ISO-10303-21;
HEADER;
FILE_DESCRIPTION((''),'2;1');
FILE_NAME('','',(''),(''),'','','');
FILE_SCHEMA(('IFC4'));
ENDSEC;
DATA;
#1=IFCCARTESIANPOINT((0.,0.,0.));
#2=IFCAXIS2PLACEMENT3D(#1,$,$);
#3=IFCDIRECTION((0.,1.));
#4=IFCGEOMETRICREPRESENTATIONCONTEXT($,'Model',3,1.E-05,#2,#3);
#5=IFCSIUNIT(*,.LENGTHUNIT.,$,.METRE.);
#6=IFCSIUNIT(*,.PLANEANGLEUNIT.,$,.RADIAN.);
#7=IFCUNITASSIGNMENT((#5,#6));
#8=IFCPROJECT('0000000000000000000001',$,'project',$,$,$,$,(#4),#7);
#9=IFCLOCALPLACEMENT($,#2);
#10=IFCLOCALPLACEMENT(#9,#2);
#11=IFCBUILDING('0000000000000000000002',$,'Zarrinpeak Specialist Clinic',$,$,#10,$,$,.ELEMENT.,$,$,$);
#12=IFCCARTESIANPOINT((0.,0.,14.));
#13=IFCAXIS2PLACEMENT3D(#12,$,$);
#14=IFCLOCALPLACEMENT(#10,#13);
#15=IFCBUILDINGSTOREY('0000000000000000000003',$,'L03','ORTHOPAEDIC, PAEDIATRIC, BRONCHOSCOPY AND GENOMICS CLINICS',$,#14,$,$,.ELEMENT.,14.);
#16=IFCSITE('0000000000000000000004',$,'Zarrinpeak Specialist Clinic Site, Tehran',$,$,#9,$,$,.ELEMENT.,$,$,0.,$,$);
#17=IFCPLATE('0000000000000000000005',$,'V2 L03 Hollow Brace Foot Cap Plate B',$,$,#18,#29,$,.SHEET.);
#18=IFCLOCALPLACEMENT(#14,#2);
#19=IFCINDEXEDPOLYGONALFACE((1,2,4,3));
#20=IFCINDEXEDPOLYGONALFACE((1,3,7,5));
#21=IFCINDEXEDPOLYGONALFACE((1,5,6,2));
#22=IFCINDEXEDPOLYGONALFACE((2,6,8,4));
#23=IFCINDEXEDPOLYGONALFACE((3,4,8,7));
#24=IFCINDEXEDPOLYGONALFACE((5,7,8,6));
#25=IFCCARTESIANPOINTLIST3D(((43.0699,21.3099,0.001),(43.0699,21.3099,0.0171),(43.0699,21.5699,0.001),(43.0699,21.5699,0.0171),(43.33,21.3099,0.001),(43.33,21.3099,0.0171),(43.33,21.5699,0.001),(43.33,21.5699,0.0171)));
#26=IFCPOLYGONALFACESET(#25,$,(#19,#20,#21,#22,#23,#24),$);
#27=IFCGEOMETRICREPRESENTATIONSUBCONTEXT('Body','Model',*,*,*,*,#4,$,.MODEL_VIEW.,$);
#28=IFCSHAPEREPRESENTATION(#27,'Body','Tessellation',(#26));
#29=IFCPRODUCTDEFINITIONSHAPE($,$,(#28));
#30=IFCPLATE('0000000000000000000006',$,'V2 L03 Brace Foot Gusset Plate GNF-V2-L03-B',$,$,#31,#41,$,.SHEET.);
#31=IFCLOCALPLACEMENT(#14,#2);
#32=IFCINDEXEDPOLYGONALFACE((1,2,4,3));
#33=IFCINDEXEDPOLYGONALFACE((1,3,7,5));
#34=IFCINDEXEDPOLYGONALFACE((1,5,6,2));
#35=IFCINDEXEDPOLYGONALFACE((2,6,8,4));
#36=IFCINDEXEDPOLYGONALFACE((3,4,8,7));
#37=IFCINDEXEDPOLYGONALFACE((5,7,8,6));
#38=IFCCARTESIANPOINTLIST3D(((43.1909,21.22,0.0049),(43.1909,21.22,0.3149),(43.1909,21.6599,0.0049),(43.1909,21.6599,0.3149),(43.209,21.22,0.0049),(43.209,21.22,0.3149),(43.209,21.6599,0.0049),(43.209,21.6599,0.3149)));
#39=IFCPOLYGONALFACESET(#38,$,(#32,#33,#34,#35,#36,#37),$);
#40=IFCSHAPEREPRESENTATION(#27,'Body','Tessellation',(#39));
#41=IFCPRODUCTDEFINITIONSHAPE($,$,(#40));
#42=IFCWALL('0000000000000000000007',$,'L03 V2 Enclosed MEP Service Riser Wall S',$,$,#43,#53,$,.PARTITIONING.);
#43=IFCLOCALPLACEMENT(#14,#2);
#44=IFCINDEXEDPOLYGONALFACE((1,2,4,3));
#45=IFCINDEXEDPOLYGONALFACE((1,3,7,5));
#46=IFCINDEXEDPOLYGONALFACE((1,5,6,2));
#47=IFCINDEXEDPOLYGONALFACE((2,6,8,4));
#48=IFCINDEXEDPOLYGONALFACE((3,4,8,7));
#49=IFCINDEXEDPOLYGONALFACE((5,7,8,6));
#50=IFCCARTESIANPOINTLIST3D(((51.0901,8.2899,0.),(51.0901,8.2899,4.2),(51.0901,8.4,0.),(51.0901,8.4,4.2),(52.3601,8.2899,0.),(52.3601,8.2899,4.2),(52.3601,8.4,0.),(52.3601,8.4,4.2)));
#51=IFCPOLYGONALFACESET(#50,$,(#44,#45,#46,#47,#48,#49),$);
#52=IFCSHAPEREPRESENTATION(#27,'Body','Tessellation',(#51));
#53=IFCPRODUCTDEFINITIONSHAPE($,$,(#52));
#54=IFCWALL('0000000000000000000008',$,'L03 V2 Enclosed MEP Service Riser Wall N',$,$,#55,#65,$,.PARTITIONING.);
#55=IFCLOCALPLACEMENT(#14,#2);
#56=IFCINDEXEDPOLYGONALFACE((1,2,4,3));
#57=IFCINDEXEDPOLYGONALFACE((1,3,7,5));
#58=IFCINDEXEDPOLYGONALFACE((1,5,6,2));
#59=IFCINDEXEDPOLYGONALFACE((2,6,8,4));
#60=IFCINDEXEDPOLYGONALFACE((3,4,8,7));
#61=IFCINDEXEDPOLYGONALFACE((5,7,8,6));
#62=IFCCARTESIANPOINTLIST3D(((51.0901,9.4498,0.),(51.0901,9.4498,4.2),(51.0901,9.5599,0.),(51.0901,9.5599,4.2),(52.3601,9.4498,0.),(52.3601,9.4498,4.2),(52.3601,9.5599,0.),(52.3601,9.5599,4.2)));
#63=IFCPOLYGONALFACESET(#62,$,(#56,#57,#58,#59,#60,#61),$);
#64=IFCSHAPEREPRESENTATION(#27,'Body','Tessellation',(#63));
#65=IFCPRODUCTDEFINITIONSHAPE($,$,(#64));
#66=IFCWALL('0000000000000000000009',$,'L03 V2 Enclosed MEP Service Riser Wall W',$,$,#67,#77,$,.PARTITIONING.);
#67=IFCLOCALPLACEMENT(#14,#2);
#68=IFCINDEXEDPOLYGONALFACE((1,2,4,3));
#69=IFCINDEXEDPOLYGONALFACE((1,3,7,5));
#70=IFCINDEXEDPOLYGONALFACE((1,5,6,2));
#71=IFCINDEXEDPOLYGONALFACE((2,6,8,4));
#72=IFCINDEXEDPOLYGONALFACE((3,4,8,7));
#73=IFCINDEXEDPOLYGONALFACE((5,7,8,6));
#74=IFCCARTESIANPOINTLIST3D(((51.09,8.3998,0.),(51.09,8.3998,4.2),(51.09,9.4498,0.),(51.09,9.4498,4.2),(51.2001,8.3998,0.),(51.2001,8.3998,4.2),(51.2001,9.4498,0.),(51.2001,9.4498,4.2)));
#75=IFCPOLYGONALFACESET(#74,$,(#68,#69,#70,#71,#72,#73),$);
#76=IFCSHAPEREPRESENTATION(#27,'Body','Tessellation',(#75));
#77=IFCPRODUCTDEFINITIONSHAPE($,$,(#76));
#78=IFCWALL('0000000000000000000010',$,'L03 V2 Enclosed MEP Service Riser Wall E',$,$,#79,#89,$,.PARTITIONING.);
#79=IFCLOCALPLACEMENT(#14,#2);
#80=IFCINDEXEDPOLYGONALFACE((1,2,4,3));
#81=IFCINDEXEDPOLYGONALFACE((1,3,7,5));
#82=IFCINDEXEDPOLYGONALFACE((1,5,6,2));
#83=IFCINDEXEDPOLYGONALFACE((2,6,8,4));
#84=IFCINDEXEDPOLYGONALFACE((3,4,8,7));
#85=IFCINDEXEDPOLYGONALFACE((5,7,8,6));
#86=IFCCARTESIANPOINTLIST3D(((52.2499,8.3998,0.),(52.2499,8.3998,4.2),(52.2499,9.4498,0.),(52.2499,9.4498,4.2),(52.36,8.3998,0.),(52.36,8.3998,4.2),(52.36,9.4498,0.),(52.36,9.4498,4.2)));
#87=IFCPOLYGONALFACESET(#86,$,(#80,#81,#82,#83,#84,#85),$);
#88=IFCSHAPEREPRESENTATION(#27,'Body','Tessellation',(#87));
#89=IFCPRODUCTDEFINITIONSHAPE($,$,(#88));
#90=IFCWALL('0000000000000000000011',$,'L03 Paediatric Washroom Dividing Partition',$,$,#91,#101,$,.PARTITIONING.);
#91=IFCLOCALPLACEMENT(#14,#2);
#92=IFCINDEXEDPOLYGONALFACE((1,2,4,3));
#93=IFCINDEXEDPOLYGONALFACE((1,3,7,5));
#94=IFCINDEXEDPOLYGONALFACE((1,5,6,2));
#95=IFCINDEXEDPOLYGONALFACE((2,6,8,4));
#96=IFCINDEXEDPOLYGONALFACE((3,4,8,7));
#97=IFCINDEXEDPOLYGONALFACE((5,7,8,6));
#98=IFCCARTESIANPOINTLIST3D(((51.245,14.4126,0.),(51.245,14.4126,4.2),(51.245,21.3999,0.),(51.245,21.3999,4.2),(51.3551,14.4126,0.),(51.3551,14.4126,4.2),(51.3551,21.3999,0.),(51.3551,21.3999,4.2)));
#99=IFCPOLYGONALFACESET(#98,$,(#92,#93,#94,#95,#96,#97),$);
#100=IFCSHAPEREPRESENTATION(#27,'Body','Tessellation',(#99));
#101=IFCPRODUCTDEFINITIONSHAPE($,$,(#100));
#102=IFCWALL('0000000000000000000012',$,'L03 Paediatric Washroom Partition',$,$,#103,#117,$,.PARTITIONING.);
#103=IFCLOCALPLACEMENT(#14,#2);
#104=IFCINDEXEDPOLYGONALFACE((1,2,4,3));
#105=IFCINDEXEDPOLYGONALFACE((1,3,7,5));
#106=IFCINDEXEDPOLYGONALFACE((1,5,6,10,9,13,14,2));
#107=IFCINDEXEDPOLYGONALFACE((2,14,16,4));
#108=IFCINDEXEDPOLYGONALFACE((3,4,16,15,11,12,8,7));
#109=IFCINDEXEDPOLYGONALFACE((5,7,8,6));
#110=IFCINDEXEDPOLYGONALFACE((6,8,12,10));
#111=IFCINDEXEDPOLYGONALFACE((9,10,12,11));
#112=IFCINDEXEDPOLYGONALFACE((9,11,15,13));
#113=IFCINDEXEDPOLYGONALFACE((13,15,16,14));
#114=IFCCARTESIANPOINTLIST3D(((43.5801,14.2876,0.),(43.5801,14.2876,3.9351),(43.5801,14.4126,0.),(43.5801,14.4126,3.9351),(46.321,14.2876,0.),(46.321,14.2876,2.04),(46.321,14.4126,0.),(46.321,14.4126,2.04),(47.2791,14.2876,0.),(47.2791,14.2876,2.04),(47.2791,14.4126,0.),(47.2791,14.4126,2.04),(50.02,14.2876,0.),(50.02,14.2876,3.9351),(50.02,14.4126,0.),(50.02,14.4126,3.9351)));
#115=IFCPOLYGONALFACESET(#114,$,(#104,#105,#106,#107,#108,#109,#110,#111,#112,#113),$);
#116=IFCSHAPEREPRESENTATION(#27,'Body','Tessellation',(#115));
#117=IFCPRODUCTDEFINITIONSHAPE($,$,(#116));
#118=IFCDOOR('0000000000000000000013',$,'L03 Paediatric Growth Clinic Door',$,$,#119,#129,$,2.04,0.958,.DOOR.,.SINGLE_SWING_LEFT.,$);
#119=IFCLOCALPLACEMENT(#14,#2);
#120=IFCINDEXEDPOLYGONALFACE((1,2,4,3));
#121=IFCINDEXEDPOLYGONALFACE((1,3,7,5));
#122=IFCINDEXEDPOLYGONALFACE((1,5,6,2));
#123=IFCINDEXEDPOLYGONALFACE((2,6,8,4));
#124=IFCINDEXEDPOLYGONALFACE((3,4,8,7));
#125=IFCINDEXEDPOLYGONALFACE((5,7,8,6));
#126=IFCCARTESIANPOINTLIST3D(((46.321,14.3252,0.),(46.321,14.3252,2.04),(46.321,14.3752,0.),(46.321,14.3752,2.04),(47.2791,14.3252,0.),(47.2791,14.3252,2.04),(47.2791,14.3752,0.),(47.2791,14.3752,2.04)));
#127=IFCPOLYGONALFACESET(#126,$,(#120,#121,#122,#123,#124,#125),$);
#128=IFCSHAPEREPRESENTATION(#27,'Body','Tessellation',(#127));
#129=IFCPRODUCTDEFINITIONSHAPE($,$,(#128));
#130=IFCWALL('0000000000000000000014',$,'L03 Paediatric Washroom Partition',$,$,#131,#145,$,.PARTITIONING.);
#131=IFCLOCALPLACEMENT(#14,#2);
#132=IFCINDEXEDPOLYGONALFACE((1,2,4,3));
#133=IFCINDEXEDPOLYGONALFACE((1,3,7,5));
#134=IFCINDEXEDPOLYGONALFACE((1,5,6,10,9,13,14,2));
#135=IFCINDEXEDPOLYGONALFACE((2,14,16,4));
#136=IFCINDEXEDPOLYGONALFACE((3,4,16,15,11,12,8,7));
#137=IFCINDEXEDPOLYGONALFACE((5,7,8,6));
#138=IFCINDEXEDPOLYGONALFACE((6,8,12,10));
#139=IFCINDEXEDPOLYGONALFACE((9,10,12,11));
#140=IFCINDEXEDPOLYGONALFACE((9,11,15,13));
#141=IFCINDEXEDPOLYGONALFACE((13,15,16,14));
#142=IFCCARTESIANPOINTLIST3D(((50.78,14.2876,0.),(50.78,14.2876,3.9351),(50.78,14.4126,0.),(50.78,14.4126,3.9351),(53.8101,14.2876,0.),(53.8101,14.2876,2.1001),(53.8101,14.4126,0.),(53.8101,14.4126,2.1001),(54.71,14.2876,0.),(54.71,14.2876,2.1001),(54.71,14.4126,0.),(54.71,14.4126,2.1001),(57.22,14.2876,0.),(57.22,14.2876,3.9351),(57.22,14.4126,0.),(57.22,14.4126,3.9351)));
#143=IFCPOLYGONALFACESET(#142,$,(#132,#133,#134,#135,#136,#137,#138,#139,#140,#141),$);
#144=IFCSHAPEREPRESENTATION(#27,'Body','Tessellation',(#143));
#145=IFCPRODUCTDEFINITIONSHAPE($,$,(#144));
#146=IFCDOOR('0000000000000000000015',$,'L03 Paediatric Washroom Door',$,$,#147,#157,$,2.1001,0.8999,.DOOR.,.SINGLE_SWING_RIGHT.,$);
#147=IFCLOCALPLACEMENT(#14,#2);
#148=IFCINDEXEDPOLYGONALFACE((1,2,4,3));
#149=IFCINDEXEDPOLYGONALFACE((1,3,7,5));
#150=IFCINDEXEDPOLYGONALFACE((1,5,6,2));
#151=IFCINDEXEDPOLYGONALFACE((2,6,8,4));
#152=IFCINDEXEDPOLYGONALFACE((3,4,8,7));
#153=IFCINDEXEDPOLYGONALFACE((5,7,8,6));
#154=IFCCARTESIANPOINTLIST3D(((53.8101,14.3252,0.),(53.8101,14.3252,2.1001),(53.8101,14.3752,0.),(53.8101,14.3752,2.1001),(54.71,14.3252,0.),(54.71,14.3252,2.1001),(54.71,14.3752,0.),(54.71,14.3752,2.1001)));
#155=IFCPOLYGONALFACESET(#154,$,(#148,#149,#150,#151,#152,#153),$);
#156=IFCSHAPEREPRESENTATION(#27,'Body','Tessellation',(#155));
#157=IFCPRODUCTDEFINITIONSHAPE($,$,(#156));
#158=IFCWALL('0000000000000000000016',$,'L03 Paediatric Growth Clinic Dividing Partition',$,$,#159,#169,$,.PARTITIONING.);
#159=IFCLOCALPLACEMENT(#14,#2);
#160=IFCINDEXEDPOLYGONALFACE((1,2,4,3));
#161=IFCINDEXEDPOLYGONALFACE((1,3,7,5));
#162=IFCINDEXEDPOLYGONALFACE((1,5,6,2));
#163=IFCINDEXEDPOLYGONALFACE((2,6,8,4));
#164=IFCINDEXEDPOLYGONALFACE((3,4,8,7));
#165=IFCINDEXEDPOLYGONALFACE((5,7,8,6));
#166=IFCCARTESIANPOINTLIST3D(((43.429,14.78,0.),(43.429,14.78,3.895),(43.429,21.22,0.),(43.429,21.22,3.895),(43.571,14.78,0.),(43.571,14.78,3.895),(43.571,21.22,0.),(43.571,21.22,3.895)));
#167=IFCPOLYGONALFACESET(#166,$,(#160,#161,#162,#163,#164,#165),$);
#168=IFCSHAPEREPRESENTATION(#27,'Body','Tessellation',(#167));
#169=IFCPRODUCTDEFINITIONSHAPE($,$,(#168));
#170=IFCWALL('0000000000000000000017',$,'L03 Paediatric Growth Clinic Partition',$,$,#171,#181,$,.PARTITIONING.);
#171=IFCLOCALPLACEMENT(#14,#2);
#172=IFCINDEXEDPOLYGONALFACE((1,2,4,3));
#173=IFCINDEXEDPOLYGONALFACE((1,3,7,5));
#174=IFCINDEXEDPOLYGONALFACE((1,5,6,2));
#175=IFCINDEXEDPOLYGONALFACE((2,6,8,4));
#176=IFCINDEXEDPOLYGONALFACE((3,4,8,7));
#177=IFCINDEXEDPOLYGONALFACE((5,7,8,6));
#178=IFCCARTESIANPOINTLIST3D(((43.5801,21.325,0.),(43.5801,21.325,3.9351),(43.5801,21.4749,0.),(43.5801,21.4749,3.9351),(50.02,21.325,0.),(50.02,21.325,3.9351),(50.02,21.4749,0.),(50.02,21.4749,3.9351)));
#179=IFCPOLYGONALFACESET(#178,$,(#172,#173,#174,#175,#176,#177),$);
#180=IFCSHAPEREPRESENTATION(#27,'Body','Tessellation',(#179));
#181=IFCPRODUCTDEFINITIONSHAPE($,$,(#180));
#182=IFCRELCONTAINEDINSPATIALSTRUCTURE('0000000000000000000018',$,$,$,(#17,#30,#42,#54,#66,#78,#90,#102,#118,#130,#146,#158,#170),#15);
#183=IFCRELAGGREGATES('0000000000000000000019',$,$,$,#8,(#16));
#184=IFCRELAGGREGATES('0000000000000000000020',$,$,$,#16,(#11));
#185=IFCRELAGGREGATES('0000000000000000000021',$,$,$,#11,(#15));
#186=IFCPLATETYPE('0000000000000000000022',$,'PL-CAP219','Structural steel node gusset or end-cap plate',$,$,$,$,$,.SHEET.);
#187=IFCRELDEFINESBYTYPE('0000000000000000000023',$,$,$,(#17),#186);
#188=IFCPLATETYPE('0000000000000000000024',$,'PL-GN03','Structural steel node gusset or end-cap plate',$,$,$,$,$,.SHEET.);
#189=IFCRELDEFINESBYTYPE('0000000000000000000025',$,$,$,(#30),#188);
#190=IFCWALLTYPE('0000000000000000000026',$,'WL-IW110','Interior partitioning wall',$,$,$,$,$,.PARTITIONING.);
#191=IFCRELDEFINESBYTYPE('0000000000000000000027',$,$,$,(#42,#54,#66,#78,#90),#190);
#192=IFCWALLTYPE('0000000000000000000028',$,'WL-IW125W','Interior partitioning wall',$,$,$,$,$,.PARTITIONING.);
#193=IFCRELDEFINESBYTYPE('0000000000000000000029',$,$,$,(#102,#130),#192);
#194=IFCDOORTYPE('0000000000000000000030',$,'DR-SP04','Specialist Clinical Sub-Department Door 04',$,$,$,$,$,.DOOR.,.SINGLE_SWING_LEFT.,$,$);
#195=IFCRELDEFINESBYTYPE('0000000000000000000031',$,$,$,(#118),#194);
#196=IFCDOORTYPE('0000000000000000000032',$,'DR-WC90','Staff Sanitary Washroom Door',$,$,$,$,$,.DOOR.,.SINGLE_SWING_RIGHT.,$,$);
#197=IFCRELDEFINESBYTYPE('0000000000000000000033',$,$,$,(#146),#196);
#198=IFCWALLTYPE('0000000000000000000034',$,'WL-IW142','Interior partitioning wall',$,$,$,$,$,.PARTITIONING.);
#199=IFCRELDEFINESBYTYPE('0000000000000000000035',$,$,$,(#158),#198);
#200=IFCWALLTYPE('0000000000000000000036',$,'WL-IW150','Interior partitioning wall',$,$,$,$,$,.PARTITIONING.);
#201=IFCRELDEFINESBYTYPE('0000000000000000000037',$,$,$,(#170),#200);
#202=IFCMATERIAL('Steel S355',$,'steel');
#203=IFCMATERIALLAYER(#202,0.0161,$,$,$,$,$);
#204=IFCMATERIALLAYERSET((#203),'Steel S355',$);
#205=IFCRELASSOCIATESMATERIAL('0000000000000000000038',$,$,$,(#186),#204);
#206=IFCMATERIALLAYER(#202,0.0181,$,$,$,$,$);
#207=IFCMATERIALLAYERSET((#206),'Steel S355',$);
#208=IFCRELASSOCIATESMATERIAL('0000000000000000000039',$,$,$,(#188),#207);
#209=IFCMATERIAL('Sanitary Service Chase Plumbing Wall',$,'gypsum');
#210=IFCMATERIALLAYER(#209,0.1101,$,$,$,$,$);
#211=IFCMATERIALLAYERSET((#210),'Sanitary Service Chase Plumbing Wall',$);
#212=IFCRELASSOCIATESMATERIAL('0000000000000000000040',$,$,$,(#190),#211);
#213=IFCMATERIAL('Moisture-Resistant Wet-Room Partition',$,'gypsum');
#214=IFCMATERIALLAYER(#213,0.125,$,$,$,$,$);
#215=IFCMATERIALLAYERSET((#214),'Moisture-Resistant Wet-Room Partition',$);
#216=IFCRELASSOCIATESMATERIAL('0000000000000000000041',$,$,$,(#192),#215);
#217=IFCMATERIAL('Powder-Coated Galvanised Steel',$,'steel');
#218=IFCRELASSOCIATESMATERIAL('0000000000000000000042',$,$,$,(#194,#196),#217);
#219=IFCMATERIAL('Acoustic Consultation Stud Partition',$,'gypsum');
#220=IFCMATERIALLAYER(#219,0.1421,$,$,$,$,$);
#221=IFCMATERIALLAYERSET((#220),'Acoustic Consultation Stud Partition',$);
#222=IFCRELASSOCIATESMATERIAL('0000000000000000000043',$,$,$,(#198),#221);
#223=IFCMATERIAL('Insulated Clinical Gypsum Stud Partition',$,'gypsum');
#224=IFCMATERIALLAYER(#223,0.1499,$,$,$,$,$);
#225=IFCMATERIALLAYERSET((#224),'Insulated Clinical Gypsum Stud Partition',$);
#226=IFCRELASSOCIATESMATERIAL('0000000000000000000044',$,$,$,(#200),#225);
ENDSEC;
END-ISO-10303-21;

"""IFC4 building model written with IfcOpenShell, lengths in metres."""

from ifc_helpers import new_model, si_unit, direction, frame, frame_2d, origin, origin_2d, place, context, subcontext, project, spatial, rectangle, extrude, material, layer, layer_set, type_object, element, fill, save


model = new_model("IFC4")

# Units and contexts
model_context = context("Model", 3, precision=1e-05, world=origin(), true_north=direction((0.0, 1.0)))
body_context = subcontext(model_context, "Body", "Model", "MODEL_VIEW")
ifc_project = project(units=[si_unit("LENGTHUNIT", "METRE"), si_unit("PLANEANGLEUNIT", "RADIAN")], contexts=[model_context])

# Site, building, storey
site_placement = place(None, origin())
site = spatial("IfcSite", under=ifc_project, at=site_placement, Name="Zarrinpeak Specialist Clinic Site, Tehran", CompositionType="ELEMENT", RefElevation=0.0)
building_placement = place(site_placement, origin())
building = spatial("IfcBuilding", under=site, at=building_placement, Name="Zarrinpeak Specialist Clinic", CompositionType="ELEMENT")
storey_placement = place(building_placement, frame((0.0, 0.0, 14.0)))
storey = spatial("IfcBuildingStorey", under=building, at=storey_placement, Name="L03", Description="ORTHOPAEDIC, PAEDIATRIC, BRONCHOSCOPY AND GENOMICS CLINICS", CompositionType="ELEMENT", Elevation=14.0)

# Shared definitions
ifc_material_1 = material(Name="Steel S355", Category="steel")

# Plates
ifc_layer_1 = layer(ifc_material_1, 0.0161)
ifc_layer_set_1 = layer_set([ifc_layer_1], Name="Steel S355")
plate_type_1 = type_object("IfcPlateType", Name="PL-CAP219", Description="Structural steel node gusset or end-cap plate", PredefinedType="SHEET", material=ifc_layer_set_1)
plate_1_placement = place(storey_placement, frame((43.2, 21.4399, 0.001), z_axis=(0.0, 0.0, 1.0), x_axis=(1.0, 0.0, 0.0)))
element("IfcPlate", 1, at=plate_1_placement, inside=storey, type_object=plate_type_1, Name="V2 L03 Hollow Brace Foot Cap Plate B", PredefinedType="SHEET", context=body_context, shape_type="SweptSolid", body=[
    extrude(rectangle(XDim=0.26, YDim=0.26, at=origin_2d()), origin(), (0.0, 0.0, 1.0), 0.0161),
])
ifc_layer_2 = layer(ifc_material_1, 0.0181)
ifc_layer_set_2 = layer_set([ifc_layer_2], Name="Steel S355")
plate_type_2 = type_object("IfcPlateType", Name="PL-GN03", Description="Structural steel node gusset or end-cap plate", PredefinedType="SHEET", material=ifc_layer_set_2)
plate_2_placement = place(storey_placement, frame((43.2, 21.4399, 0.0049), z_axis=(0.0, 0.0, 1.0), x_axis=(1.0, 0.0, 0.0)))
element("IfcPlate", 2, at=plate_2_placement, inside=storey, type_object=plate_type_2, Name="V2 L03 Brace Foot Gusset Plate GNF-V2-L03-B", PredefinedType="SHEET", context=body_context, shape_type="SweptSolid", body=[
    extrude(rectangle(XDim=0.0181, YDim=0.4399, at=origin_2d()), origin(), (0.0, 0.0, 1.0), 0.3101),
])

# Shared definitions
ifc_material_2 = material(Name="Powder-Coated Galvanised Steel", Category="steel")

# Walls
ifc_material_3 = material(Name="Sanitary Service Chase Plumbing Wall", Category="gypsum")
ifc_layer_3 = layer(ifc_material_3, 0.1101)
ifc_layer_set_3 = layer_set([ifc_layer_3], Name="Sanitary Service Chase Plumbing Wall")
wall_type_1 = type_object("IfcWallType", Name="WL-IW110", Description="Interior partitioning wall", PredefinedType="PARTITIONING", material=ifc_layer_set_3)
for number, where, z_axis, x_axis, name in (
    (3, (51.0901, 8.345, 0.0), (0.0, 0.0, 1.0), (1.0, 0.0, 0.0), "L03 V2 Enclosed MEP Service Riser Wall S"),
    (4, (51.0901, 9.5049, 0.0), (0.0, 0.0, 1.0), (1.0, 0.0, 0.0), "L03 V2 Enclosed MEP Service Riser Wall N"),
):
    element("IfcWall", number, at=place(storey_placement, frame(where, z_axis=z_axis, x_axis=x_axis)), inside=storey, type_object=wall_type_1, Name=name, PredefinedType="PARTITIONING", context=body_context, shape_type="SweptSolid", body=[
        extrude(rectangle(XDim=1.27, YDim=0.1101, at=frame_2d((0.635, 0.0))), origin(), (0.0, 0.0, 1.0), 4.2),
    ])
for number, where, z_axis, x_axis, name in (
    (5, (51.145, 8.3999, 0.0), (0.0, 0.0, 1.0), (0.0, 1.0, 0.0), "L03 V2 Enclosed MEP Service Riser Wall W"),
    (6, (52.3049, 8.3999, 0.0), (0.0, 0.0, 1.0), (0.0, 1.0, 0.0), "L03 V2 Enclosed MEP Service Riser Wall E"),
):
    element("IfcWall", number, at=place(storey_placement, frame(where, z_axis=z_axis, x_axis=x_axis)), inside=storey, type_object=wall_type_1, Name=name, PredefinedType="PARTITIONING", context=body_context, shape_type="SweptSolid", body=[
        extrude(rectangle(XDim=1.05, YDim=0.1101, at=frame_2d((0.5249, 0.0))), origin(), (0.0, 0.0, 1.0), 4.2),
    ])
wall_1_placement = place(storey_placement, frame((51.3, 14.4126, 0.0), z_axis=(0.0, 0.0, 1.0), x_axis=(0.0, 1.0, 0.0)))
element("IfcWall", 7, at=wall_1_placement, inside=storey, type_object=wall_type_1, Name="L03 Paediatric Washroom Dividing Partition", PredefinedType="PARTITIONING", context=body_context, shape_type="SweptSolid", body=[
    extrude(rectangle(XDim=6.9873, YDim=0.1101, at=frame_2d((3.4937, 0.0))), origin(), (0.0, 0.0, 1.0), 4.2),
])

# Walls, openings, doors
ifc_material_4 = material(Name="Moisture-Resistant Wet-Room Partition", Category="gypsum")
ifc_layer_4 = layer(ifc_material_4, 0.125)
ifc_layer_set_4 = layer_set([ifc_layer_4], Name="Moisture-Resistant Wet-Room Partition")
wall_type_2 = type_object("IfcWallType", Name="WL-IW125W", Description="Interior partitioning wall", PredefinedType="PARTITIONING", material=ifc_layer_set_4)
wall_2_placement = place(storey_placement, frame((43.5801, 14.3501, 0.0), z_axis=(0.0, 0.0, 1.0), x_axis=(1.0, 0.0, 0.0)))
wall_2 = element("IfcWall", 8, at=wall_2_placement, inside=storey, type_object=wall_type_2, Name="L03 Paediatric Washroom Partition", PredefinedType="PARTITIONING", context=body_context, shape_type="SweptSolid", body=[
    extrude(rectangle(XDim=6.4399, YDim=0.125, at=frame_2d((3.22, 0.0))), origin(), (0.0, 0.0, 1.0), 3.9351),
])
opening_1_placement = place(wall_2_placement, frame((2.741, 0.0, 0.0)))
opening_1 = element("IfcOpeningElement", 9, at=opening_1_placement, cuts=wall_2, PredefinedType="OPENING", context=body_context, shape_type="SweptSolid", body=[
    extrude(rectangle(XDim=0.958, YDim=2.04, at=frame_2d((0.479, 1.02))), frame((0.0, 0.0725, 0.0), z_axis=(0.0, -1.0, 0.0), x_axis=(1.0, 0.0, 0.0)), (0.0, 0.0, 1.0), 0.145),
])
door_type_1 = type_object("IfcDoorType", Name="DR-SP04", Description="Specialist Clinical Sub-Department Door 04", OperationType="SINGLE_SWING_LEFT", PredefinedType="DOOR", material=ifc_material_2)
door_1_placement = place(opening_1_placement, frame((0.958, 0.0, 0.0), z_axis=(0.0, 0.0, 1.0), x_axis=(-1.0, 0.0, 0.0)))
door_1 = element("IfcDoor", 10, at=door_1_placement, inside=storey, type_object=door_type_1, Name="L03 Paediatric Growth Clinic Door", OperationType="SINGLE_SWING_LEFT", OverallHeight=2.04, OverallWidth=0.958, PredefinedType="DOOR", context=body_context, shape_type="SweptSolid", body=[
    extrude(rectangle(XDim=0.958, YDim=2.04, at=frame_2d((0.479, 1.02))), frame((0.0, 0.0249, 0.0), z_axis=(0.0, -1.0, 0.0), x_axis=(1.0, 0.0, 0.0)), (0.0, 0.0, 1.0), 0.05),
])
fill(opening_1, door_1)
wall_3_placement = place(storey_placement, frame((50.78, 14.3501, 0.0), z_axis=(0.0, 0.0, 1.0), x_axis=(1.0, 0.0, 0.0)))
wall_3 = element("IfcWall", 11, at=wall_3_placement, inside=storey, type_object=wall_type_2, Name="L03 Paediatric Washroom Partition", PredefinedType="PARTITIONING", context=body_context, shape_type="SweptSolid", body=[
    extrude(rectangle(XDim=6.4399, YDim=0.125, at=frame_2d((3.22, 0.0))), origin(), (0.0, 0.0, 1.0), 3.9351),
])
opening_2_placement = place(wall_3_placement, frame((3.03, 0.0, 0.0)))
opening_2 = element("IfcOpeningElement", 12, at=opening_2_placement, cuts=wall_3, PredefinedType="OPENING", context=body_context, shape_type="SweptSolid", body=[
    extrude(rectangle(XDim=0.8999, YDim=2.1001, at=frame_2d((0.45, 1.05))), frame((0.0, 0.0725, 0.0), z_axis=(0.0, -1.0, 0.0), x_axis=(1.0, 0.0, 0.0)), (0.0, 0.0, 1.0), 0.145),
])
door_type_2 = type_object("IfcDoorType", Name="DR-WC90", Description="Staff Sanitary Washroom Door", OperationType="SINGLE_SWING_RIGHT", PredefinedType="DOOR", material=ifc_material_2)
door_2_placement = place(opening_2_placement, frame((0.8999, 0.0, 0.0), z_axis=(0.0, 0.0, 1.0), x_axis=(-1.0, 0.0, 0.0)))
door_2 = element("IfcDoor", 13, at=door_2_placement, inside=storey, type_object=door_type_2, Name="L03 Paediatric Washroom Door", OperationType="SINGLE_SWING_RIGHT", OverallHeight=2.1001, OverallWidth=0.8999, PredefinedType="DOOR", context=body_context, shape_type="SweptSolid", body=[
    extrude(rectangle(XDim=0.8999, YDim=2.1001, at=frame_2d((0.45, 1.05))), frame((0.0, 0.0249, 0.0), z_axis=(0.0, -1.0, 0.0), x_axis=(1.0, 0.0, 0.0)), (0.0, 0.0, 1.0), 0.05),
])
fill(opening_2, door_2)

# Walls
ifc_material_5 = material(Name="Acoustic Consultation Stud Partition", Category="gypsum")
ifc_layer_5 = layer(ifc_material_5, 0.1421)
ifc_layer_set_5 = layer_set([ifc_layer_5], Name="Acoustic Consultation Stud Partition")
wall_type_3 = type_object("IfcWallType", Name="WL-IW142", Description="Interior partitioning wall", PredefinedType="PARTITIONING", material=ifc_layer_set_5)
wall_4_placement = place(storey_placement, frame((43.5, 14.78, 0.0), z_axis=(0.0, 0.0, 1.0), x_axis=(0.0, 1.0, 0.0)))
element("IfcWall", 14, at=wall_4_placement, inside=storey, type_object=wall_type_3, Name="L03 Paediatric Growth Clinic Dividing Partition", PredefinedType="PARTITIONING", context=body_context, shape_type="SweptSolid", body=[
    extrude(rectangle(XDim=6.4399, YDim=0.1421, at=frame_2d((3.22, 0.0))), origin(), (0.0, 0.0, 1.0), 3.895),
])
ifc_material_6 = material(Name="Insulated Clinical Gypsum Stud Partition", Category="gypsum")
ifc_layer_6 = layer(ifc_material_6, 0.1499)
ifc_layer_set_6 = layer_set([ifc_layer_6], Name="Insulated Clinical Gypsum Stud Partition")
wall_type_4 = type_object("IfcWallType", Name="WL-IW150", Description="Interior partitioning wall", PredefinedType="PARTITIONING", material=ifc_layer_set_6)
wall_5_placement = place(storey_placement, frame((43.5801, 21.3999, 0.0), z_axis=(0.0, 0.0, 1.0), x_axis=(1.0, 0.0, 0.0)))
element("IfcWall", 15, at=wall_5_placement, inside=storey, type_object=wall_type_4, Name="L03 Paediatric Growth Clinic Partition", PredefinedType="PARTITIONING", context=body_context, shape_type="SweptSolid", body=[
    extrude(rectangle(XDim=6.4399, YDim=0.1499, at=frame_2d((3.22, 0.0))), origin(), (0.0, 0.0, 1.0), 3.9351),
])

save(model, "model.ifc")
